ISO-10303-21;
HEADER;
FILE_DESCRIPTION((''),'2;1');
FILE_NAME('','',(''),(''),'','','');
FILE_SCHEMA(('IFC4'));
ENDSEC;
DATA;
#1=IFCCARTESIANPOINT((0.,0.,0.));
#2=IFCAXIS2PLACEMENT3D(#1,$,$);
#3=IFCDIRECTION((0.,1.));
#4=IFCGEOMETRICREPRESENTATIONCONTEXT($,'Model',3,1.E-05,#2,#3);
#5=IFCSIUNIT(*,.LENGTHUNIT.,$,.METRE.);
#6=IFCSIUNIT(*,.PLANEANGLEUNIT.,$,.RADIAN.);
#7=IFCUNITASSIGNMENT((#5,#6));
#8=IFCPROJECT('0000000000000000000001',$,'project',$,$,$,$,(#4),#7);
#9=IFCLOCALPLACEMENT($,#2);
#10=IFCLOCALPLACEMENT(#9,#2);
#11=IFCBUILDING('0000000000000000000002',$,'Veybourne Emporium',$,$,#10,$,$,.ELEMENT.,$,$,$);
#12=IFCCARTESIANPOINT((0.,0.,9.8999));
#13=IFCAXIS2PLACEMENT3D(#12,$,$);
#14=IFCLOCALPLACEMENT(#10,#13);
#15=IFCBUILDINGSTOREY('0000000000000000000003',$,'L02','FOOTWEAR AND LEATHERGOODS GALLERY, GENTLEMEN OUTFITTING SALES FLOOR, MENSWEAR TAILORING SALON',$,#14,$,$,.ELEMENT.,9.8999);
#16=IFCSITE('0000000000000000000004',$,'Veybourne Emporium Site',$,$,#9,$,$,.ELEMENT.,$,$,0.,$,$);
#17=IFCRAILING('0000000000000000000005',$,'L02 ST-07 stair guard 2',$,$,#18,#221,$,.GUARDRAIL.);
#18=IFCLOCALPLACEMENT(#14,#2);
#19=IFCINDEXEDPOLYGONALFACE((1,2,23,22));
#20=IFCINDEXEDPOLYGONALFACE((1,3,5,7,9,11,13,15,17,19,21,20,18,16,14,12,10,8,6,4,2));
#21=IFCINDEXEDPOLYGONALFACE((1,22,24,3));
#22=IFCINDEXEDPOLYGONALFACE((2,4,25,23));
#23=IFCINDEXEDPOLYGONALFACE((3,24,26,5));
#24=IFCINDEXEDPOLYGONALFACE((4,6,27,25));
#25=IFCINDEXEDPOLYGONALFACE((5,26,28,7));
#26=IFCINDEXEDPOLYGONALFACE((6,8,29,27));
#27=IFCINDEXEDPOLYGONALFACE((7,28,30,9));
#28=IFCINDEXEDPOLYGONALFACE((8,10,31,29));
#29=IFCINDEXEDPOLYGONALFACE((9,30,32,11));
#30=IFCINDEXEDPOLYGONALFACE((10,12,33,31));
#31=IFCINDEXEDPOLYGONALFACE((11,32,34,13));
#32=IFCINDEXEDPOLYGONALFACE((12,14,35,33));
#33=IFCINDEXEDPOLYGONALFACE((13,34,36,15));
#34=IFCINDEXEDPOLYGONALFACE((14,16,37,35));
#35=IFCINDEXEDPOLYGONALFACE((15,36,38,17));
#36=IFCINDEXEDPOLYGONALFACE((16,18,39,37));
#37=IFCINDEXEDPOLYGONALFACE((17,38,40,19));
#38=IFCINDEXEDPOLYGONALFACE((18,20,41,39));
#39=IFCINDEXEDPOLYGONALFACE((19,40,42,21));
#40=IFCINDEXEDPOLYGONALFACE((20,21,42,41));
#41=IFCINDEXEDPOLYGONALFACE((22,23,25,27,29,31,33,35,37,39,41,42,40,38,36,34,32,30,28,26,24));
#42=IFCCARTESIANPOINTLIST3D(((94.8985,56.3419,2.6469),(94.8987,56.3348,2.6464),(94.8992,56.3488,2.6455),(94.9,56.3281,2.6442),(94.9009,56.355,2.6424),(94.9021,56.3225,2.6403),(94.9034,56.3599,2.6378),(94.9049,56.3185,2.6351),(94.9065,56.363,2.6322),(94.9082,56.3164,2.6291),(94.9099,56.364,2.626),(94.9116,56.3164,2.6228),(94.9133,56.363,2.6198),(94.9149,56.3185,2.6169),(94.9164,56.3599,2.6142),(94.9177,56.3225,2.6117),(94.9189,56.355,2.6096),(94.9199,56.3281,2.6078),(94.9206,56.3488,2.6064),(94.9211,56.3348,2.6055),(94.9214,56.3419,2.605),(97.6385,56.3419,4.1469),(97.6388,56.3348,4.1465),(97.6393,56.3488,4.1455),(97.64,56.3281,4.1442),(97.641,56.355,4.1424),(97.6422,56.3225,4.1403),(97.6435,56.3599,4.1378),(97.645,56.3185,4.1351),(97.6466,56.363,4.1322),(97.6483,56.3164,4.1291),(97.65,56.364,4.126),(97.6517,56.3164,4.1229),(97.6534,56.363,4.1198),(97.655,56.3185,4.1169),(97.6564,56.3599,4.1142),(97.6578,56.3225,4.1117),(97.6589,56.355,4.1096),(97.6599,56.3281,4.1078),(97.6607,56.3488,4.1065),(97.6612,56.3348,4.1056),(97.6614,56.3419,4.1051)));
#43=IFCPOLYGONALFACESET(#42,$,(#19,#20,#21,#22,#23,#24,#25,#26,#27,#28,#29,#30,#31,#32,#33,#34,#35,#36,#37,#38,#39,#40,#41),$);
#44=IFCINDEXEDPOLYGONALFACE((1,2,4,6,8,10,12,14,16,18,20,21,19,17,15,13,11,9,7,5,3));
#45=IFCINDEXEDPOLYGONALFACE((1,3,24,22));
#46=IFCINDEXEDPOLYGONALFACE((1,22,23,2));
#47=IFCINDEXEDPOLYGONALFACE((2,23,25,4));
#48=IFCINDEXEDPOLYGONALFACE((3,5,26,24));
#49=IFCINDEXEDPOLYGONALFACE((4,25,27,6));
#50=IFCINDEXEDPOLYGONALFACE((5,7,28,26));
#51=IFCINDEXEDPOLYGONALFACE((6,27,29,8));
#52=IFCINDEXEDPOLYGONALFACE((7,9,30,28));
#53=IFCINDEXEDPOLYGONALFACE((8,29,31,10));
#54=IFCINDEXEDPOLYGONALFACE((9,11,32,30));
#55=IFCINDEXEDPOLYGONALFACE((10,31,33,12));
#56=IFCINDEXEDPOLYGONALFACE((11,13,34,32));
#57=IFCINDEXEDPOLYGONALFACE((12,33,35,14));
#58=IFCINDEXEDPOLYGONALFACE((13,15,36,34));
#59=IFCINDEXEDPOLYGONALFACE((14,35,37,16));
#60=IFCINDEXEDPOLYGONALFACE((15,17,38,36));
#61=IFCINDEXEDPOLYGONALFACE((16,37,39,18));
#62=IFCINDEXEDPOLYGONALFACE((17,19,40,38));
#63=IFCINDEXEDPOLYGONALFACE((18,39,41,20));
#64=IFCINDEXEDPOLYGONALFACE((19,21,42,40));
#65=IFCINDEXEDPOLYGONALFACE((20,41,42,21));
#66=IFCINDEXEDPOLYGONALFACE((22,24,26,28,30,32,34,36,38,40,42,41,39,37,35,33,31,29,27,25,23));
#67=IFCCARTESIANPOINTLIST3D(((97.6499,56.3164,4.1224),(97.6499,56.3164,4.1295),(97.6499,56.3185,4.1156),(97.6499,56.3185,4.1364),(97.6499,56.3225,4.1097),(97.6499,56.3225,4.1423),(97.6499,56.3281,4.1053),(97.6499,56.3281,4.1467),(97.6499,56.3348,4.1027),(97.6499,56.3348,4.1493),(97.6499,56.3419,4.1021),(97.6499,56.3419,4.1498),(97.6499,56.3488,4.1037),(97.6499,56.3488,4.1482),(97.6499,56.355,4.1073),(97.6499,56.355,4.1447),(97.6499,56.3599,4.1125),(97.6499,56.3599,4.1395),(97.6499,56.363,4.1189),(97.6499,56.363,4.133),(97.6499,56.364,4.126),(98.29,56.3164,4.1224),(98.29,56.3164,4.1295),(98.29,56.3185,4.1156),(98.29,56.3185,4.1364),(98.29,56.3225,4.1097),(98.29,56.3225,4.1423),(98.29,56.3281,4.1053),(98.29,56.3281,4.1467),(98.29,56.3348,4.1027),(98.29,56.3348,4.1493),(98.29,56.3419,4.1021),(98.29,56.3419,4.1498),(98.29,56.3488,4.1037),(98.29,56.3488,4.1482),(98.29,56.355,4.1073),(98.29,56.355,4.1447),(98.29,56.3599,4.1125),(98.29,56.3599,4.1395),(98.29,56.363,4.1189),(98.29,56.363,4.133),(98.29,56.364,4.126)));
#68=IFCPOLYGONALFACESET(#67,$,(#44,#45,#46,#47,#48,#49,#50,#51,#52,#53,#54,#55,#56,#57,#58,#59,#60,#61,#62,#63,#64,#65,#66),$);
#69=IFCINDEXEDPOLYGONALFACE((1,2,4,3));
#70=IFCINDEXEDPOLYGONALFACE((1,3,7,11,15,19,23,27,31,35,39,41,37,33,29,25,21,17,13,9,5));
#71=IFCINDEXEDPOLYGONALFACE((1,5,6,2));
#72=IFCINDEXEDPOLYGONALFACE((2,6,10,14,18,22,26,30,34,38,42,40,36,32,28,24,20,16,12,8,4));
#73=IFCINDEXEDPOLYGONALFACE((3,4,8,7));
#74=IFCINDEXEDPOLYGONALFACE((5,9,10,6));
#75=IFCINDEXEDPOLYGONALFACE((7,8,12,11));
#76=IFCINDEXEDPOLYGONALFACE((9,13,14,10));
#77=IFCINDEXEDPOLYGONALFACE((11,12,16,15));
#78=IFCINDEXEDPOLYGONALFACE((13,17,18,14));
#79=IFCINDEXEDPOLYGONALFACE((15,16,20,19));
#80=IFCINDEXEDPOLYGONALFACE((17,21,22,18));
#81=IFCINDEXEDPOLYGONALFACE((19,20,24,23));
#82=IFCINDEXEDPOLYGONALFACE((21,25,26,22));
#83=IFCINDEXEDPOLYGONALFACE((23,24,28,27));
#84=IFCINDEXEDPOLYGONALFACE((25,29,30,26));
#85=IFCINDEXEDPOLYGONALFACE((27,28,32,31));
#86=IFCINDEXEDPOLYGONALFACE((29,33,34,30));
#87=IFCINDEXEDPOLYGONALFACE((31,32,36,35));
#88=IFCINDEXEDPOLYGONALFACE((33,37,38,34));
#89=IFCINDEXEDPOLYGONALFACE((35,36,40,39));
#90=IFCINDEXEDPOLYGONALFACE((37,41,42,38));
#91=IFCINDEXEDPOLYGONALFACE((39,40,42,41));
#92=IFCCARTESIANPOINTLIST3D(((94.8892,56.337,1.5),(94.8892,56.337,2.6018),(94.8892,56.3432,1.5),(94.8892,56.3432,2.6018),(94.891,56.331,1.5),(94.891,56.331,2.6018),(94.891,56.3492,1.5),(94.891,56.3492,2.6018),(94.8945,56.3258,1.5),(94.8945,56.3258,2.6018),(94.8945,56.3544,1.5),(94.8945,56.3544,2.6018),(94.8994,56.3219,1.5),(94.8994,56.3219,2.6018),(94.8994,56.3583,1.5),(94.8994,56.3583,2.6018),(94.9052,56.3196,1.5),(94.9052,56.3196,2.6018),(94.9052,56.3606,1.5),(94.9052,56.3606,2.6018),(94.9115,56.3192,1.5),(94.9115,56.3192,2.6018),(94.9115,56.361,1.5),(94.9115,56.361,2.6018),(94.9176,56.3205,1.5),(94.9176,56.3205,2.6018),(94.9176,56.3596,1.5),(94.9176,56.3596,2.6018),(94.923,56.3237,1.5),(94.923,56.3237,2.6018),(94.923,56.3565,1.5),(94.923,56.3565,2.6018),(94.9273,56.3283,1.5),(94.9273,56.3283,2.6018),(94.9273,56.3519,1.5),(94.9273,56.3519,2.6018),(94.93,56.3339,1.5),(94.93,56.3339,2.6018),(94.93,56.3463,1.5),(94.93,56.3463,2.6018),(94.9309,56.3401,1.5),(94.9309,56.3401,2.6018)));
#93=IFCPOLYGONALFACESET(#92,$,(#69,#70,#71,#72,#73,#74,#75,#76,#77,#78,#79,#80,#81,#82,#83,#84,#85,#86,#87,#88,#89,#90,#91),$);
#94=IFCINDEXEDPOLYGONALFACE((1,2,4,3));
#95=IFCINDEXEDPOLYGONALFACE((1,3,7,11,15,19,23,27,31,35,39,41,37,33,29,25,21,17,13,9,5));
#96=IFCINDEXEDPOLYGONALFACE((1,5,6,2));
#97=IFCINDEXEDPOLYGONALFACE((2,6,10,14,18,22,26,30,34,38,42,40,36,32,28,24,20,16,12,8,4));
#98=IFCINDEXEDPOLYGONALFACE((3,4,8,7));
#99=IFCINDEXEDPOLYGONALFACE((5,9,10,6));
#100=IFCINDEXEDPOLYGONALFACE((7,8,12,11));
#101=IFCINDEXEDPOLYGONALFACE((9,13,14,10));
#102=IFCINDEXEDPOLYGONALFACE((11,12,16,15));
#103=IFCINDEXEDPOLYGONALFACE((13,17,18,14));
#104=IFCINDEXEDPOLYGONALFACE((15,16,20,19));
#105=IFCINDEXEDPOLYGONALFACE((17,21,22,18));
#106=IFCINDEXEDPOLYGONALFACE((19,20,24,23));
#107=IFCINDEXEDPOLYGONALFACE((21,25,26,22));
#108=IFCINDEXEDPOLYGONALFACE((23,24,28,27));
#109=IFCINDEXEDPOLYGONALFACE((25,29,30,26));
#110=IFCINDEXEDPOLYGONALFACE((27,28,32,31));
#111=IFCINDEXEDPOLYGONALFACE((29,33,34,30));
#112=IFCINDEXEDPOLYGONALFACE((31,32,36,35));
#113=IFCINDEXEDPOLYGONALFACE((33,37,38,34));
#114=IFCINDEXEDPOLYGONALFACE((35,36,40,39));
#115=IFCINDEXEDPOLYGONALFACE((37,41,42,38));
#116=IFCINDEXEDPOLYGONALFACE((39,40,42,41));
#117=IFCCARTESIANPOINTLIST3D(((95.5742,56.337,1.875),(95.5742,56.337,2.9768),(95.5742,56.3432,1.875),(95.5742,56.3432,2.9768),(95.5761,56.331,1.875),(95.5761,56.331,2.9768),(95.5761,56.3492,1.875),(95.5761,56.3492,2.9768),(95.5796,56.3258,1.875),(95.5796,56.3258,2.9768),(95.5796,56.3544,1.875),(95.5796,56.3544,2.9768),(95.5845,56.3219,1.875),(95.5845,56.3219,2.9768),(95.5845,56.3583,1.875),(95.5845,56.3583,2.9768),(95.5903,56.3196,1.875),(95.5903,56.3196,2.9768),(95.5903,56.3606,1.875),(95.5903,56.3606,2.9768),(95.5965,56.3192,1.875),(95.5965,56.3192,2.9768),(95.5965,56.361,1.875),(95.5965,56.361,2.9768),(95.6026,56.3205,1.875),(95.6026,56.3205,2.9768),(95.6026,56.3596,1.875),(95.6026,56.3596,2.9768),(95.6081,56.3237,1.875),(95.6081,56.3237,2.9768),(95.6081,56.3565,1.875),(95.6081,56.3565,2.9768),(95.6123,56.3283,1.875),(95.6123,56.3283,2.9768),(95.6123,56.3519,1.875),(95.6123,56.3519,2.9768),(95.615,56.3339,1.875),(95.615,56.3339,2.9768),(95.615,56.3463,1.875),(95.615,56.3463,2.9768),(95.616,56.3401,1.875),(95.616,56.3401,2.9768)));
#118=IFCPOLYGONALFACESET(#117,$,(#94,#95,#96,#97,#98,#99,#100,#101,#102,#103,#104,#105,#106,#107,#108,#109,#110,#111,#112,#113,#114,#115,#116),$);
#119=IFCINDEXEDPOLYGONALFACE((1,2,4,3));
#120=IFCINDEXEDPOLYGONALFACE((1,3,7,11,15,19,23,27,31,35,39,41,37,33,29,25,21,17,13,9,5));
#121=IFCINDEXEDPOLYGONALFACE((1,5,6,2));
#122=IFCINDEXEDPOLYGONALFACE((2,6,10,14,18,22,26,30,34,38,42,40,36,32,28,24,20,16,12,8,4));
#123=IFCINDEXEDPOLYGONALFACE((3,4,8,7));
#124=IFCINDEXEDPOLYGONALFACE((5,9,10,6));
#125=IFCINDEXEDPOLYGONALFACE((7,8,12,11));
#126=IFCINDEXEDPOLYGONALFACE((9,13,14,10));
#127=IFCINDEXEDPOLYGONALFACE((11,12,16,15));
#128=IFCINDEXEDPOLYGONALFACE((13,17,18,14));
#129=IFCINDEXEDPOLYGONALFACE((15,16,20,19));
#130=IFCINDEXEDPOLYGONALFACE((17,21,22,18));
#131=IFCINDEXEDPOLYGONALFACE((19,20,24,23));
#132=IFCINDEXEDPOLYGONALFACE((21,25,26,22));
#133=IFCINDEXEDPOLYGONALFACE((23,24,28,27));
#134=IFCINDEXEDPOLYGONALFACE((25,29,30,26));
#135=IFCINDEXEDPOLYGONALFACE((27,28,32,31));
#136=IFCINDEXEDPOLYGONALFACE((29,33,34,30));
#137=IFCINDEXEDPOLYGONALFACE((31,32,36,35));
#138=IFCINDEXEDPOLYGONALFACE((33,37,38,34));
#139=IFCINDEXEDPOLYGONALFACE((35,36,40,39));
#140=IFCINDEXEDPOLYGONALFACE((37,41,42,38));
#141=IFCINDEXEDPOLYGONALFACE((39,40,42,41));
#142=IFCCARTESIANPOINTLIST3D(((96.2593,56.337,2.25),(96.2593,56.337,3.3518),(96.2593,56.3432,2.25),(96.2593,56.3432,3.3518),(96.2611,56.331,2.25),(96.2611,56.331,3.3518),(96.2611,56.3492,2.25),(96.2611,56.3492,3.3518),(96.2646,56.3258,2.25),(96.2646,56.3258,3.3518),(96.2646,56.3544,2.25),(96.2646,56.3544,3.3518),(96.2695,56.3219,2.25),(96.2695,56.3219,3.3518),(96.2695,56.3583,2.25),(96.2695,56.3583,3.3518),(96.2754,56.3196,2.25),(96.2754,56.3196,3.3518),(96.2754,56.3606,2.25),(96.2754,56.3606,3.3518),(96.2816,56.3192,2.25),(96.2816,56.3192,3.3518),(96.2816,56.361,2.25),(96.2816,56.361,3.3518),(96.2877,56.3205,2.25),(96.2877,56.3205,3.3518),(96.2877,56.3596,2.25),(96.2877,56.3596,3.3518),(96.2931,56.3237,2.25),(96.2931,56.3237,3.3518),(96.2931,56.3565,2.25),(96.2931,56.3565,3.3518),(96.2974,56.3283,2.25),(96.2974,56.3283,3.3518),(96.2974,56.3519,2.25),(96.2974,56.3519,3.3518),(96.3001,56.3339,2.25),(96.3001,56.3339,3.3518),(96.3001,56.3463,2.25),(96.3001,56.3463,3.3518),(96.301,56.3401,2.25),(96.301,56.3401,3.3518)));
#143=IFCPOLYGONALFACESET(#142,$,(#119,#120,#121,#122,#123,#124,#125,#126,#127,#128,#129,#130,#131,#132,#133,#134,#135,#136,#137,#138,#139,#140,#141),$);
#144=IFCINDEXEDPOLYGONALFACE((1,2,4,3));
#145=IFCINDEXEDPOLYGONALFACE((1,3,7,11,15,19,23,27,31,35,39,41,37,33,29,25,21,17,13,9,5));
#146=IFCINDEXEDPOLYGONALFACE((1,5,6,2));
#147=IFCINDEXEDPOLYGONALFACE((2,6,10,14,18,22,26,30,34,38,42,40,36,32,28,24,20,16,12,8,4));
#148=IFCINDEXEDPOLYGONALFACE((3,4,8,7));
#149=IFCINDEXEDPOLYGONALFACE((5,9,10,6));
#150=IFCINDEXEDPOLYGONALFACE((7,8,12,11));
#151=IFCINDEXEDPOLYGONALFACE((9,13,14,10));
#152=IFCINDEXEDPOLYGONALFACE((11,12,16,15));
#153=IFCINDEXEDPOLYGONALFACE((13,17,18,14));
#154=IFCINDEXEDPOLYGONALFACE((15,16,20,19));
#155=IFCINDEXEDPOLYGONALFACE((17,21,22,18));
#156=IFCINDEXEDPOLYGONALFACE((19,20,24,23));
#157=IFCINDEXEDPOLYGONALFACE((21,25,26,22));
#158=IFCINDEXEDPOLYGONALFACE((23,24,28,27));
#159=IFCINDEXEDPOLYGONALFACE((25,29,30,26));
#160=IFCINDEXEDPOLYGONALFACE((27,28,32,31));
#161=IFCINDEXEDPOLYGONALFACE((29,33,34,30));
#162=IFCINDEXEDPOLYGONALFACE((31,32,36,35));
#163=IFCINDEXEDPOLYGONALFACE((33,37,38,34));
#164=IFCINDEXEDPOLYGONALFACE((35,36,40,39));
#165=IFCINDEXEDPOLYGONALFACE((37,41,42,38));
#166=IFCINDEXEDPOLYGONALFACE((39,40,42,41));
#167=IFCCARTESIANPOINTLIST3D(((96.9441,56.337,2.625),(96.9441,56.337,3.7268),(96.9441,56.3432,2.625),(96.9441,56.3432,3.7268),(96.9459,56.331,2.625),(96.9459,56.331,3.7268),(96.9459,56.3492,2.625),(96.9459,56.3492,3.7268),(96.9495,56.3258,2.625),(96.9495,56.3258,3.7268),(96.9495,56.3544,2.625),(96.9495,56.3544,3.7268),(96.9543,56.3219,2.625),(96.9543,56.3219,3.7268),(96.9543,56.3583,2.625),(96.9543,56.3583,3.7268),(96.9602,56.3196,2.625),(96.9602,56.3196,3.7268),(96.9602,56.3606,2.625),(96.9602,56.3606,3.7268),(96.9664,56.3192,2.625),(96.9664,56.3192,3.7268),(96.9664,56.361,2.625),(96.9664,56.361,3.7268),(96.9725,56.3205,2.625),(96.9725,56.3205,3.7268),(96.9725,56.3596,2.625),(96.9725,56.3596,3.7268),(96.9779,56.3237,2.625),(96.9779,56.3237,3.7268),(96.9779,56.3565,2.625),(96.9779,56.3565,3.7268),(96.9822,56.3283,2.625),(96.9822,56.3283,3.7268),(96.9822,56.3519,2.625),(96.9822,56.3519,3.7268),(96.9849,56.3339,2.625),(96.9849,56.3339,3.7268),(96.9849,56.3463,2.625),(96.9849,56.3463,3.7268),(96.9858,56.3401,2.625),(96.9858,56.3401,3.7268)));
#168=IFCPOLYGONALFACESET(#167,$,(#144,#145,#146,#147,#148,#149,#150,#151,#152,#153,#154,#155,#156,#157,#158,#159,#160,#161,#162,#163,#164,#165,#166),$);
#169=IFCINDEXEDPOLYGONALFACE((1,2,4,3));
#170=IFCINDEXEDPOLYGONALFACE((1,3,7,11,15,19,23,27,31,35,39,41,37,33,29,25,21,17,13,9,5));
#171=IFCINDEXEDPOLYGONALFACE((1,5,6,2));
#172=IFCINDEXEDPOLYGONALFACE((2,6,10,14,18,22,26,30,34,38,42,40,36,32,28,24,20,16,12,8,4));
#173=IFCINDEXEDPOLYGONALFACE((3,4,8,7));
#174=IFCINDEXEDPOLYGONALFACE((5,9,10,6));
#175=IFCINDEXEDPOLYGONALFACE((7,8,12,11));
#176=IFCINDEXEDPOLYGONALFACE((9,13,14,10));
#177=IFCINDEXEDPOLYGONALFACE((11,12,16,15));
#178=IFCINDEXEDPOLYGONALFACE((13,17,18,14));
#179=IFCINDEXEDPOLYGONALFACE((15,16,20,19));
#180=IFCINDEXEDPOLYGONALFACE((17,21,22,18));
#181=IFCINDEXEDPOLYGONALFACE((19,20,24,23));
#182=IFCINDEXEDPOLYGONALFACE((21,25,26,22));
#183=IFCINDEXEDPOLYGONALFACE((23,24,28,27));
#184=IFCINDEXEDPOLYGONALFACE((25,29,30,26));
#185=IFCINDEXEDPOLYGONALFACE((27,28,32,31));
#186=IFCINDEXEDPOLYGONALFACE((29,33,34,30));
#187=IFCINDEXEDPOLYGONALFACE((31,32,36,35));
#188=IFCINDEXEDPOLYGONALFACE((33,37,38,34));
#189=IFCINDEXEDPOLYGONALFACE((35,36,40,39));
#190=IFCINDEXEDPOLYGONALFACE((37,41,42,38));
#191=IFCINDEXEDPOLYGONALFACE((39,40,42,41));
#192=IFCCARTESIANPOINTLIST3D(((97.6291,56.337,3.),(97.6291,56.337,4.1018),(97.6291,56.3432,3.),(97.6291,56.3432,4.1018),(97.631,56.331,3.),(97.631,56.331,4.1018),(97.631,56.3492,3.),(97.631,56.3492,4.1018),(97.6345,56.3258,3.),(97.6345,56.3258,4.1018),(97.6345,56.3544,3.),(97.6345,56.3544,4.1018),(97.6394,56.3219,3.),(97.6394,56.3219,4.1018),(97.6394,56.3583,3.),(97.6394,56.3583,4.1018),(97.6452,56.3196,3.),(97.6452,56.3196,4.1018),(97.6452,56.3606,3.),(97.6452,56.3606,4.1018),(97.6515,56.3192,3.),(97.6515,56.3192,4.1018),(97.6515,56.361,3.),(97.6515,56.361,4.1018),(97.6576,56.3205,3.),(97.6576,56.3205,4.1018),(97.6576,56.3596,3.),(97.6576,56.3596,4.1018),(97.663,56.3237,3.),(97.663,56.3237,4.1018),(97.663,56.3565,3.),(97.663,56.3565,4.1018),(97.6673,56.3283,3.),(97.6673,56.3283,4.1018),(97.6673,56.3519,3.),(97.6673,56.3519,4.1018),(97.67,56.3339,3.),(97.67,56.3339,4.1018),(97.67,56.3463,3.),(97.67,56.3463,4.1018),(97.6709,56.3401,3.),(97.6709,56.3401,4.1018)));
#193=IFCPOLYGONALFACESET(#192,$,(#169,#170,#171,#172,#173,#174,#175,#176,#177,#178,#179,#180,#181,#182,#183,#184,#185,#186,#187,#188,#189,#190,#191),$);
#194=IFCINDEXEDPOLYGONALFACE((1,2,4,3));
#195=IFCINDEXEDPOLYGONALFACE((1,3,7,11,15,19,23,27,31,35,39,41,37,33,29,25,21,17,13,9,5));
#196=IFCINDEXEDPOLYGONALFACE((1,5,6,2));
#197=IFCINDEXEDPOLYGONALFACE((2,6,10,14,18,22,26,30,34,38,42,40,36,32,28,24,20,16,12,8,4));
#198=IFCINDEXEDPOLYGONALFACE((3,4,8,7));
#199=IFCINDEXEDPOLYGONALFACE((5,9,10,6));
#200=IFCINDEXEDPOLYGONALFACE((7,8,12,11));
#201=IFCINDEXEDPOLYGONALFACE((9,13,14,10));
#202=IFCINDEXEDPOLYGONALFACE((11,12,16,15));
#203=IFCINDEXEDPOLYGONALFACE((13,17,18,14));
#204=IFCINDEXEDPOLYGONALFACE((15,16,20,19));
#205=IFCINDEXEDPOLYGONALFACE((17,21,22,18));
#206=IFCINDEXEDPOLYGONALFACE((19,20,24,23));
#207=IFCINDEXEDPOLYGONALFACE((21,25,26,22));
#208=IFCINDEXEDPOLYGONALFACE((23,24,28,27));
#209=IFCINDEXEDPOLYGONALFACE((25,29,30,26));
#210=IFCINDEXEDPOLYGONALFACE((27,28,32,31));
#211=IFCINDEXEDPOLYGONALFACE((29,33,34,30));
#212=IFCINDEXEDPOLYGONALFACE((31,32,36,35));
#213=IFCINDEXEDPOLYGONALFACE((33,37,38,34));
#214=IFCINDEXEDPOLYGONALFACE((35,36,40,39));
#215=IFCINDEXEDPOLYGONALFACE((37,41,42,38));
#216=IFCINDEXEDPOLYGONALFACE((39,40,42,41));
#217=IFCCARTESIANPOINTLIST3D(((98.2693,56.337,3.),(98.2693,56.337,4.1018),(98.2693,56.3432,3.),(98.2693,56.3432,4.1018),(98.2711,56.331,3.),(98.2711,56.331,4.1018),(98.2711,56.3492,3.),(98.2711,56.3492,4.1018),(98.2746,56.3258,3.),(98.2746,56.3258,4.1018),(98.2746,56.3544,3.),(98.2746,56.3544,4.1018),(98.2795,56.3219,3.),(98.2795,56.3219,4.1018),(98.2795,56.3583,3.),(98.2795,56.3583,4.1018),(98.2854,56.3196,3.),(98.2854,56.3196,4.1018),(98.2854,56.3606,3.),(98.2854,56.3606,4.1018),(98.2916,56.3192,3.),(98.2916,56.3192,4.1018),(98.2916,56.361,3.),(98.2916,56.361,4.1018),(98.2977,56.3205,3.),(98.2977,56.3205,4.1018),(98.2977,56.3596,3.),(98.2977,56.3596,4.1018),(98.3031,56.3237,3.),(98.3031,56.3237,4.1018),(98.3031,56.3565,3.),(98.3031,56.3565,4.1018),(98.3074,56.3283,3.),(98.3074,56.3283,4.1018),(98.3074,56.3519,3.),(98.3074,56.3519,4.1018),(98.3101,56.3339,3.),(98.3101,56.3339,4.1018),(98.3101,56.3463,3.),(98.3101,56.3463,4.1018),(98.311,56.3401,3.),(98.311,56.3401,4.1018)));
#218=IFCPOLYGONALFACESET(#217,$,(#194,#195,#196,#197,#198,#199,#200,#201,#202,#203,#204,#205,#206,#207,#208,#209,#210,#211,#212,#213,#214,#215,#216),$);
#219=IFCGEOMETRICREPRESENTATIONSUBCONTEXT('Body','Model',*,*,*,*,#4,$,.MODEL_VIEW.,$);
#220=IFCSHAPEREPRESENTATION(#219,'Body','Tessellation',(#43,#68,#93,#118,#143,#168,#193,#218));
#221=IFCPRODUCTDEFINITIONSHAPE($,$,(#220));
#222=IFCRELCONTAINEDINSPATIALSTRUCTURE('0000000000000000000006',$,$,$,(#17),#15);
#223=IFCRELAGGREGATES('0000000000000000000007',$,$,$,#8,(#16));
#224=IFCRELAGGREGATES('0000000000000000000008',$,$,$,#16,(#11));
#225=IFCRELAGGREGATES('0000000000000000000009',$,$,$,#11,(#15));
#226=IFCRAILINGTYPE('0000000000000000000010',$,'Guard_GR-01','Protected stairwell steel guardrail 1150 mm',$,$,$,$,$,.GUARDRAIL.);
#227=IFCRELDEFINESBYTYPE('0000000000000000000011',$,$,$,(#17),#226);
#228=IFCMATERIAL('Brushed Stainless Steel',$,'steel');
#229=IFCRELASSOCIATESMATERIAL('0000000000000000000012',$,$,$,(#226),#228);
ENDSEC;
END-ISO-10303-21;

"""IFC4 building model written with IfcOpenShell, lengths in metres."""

from ifc_helpers import new_model, si_unit, direction, frame, origin, origin_2d, place, context, subcontext, project, spatial, circle, extrude, material, type_object, element, save


model = new_model("IFC4")

# Units and contexts
model_context = context("Model", 3, precision=1e-05, world=origin(), true_north=direction((0.0, 1.0)))
body_context = subcontext(model_context, "Body", "Model", "MODEL_VIEW")
ifc_project = project(units=[si_unit("LENGTHUNIT", "METRE"), si_unit("PLANEANGLEUNIT", "RADIAN")], contexts=[model_context])

# Site, building, storey
site_placement = place(None, origin())
site = spatial("IfcSite", under=ifc_project, at=site_placement, Name="Veybourne Emporium Site", CompositionType="ELEMENT", RefElevation=0.0)
building_placement = place(site_placement, origin())
building = spatial("IfcBuilding", under=site, at=building_placement, Name="Veybourne Emporium", CompositionType="ELEMENT")
storey_placement = place(building_placement, frame((0.0, 0.0, 9.8999)))
storey = spatial("IfcBuildingStorey", under=building, at=storey_placement, Name="L02", Description="FOOTWEAR AND LEATHERGOODS GALLERY, GENTLEMEN OUTFITTING SALES FLOOR, MENSWEAR TAILORING SALON", CompositionType="ELEMENT", Elevation=9.8999)

# Railing
ifc_material_1 = material(Name="Brushed Stainless Steel", Category="steel")
railing_type_1 = type_object("IfcRailingType", Name="Guard_GR-01", Description="Protected stairwell steel guardrail 1150 mm", PredefinedType="GUARDRAIL", material=ifc_material_1)
railing_1_placement = place(storey_placement, frame((94.9099, 56.3401, 1.5)))
element("IfcRailing", 1, at=railing_1_placement, inside=storey, type_object=railing_type_1, Name="L02 ST-07 stair guard 2", PredefinedType="GUARDRAIL", context=body_context, shape_type="SweptSolid", body=[
    extrude(circle(Radius=0.0239, at=origin_2d()), frame((0.0, 0.0, 1.126), z_axis=(0.87716, 0.0, 0.480199), x_axis=(0.0, 1.0, 0.0)), (0.0, 0.0, 1.0), 3.1238),
    extrude(circle(Radius=0.0239, at=origin_2d()), frame((2.74, 0.0, 2.626), z_axis=(1.0, 0.0, 0.0), x_axis=(0.0, 1.0, 0.0)), (0.0, 0.0, 1.0), 0.6401),
    extrude(circle(Radius=0.021, at=origin_2d()), origin(), (0.0, 0.0, 1.0), 1.1018),
    extrude(circle(Radius=0.021, at=origin_2d()), frame((0.6851, 0.0, 0.375)), (0.0, 0.0, 1.0), 1.1018),
    extrude(circle(Radius=0.021, at=origin_2d()), frame((1.3701, 0.0, 0.75)), (0.0, 0.0, 1.0), 1.1018),
    extrude(circle(Radius=0.021, at=origin_2d()), frame((2.0549, 0.0, 1.125)), (0.0, 0.0, 1.0), 1.1018),
    extrude(circle(Radius=0.021, at=origin_2d()), frame((2.74, 0.0, 1.5)), (0.0, 0.0, 1.0), 1.1018),
    extrude(circle(Radius=0.021, at=origin_2d()), frame((3.3801, 0.0, 1.5)), (0.0, 0.0, 1.0), 1.1018),
])

save(model, "model.ifc")
